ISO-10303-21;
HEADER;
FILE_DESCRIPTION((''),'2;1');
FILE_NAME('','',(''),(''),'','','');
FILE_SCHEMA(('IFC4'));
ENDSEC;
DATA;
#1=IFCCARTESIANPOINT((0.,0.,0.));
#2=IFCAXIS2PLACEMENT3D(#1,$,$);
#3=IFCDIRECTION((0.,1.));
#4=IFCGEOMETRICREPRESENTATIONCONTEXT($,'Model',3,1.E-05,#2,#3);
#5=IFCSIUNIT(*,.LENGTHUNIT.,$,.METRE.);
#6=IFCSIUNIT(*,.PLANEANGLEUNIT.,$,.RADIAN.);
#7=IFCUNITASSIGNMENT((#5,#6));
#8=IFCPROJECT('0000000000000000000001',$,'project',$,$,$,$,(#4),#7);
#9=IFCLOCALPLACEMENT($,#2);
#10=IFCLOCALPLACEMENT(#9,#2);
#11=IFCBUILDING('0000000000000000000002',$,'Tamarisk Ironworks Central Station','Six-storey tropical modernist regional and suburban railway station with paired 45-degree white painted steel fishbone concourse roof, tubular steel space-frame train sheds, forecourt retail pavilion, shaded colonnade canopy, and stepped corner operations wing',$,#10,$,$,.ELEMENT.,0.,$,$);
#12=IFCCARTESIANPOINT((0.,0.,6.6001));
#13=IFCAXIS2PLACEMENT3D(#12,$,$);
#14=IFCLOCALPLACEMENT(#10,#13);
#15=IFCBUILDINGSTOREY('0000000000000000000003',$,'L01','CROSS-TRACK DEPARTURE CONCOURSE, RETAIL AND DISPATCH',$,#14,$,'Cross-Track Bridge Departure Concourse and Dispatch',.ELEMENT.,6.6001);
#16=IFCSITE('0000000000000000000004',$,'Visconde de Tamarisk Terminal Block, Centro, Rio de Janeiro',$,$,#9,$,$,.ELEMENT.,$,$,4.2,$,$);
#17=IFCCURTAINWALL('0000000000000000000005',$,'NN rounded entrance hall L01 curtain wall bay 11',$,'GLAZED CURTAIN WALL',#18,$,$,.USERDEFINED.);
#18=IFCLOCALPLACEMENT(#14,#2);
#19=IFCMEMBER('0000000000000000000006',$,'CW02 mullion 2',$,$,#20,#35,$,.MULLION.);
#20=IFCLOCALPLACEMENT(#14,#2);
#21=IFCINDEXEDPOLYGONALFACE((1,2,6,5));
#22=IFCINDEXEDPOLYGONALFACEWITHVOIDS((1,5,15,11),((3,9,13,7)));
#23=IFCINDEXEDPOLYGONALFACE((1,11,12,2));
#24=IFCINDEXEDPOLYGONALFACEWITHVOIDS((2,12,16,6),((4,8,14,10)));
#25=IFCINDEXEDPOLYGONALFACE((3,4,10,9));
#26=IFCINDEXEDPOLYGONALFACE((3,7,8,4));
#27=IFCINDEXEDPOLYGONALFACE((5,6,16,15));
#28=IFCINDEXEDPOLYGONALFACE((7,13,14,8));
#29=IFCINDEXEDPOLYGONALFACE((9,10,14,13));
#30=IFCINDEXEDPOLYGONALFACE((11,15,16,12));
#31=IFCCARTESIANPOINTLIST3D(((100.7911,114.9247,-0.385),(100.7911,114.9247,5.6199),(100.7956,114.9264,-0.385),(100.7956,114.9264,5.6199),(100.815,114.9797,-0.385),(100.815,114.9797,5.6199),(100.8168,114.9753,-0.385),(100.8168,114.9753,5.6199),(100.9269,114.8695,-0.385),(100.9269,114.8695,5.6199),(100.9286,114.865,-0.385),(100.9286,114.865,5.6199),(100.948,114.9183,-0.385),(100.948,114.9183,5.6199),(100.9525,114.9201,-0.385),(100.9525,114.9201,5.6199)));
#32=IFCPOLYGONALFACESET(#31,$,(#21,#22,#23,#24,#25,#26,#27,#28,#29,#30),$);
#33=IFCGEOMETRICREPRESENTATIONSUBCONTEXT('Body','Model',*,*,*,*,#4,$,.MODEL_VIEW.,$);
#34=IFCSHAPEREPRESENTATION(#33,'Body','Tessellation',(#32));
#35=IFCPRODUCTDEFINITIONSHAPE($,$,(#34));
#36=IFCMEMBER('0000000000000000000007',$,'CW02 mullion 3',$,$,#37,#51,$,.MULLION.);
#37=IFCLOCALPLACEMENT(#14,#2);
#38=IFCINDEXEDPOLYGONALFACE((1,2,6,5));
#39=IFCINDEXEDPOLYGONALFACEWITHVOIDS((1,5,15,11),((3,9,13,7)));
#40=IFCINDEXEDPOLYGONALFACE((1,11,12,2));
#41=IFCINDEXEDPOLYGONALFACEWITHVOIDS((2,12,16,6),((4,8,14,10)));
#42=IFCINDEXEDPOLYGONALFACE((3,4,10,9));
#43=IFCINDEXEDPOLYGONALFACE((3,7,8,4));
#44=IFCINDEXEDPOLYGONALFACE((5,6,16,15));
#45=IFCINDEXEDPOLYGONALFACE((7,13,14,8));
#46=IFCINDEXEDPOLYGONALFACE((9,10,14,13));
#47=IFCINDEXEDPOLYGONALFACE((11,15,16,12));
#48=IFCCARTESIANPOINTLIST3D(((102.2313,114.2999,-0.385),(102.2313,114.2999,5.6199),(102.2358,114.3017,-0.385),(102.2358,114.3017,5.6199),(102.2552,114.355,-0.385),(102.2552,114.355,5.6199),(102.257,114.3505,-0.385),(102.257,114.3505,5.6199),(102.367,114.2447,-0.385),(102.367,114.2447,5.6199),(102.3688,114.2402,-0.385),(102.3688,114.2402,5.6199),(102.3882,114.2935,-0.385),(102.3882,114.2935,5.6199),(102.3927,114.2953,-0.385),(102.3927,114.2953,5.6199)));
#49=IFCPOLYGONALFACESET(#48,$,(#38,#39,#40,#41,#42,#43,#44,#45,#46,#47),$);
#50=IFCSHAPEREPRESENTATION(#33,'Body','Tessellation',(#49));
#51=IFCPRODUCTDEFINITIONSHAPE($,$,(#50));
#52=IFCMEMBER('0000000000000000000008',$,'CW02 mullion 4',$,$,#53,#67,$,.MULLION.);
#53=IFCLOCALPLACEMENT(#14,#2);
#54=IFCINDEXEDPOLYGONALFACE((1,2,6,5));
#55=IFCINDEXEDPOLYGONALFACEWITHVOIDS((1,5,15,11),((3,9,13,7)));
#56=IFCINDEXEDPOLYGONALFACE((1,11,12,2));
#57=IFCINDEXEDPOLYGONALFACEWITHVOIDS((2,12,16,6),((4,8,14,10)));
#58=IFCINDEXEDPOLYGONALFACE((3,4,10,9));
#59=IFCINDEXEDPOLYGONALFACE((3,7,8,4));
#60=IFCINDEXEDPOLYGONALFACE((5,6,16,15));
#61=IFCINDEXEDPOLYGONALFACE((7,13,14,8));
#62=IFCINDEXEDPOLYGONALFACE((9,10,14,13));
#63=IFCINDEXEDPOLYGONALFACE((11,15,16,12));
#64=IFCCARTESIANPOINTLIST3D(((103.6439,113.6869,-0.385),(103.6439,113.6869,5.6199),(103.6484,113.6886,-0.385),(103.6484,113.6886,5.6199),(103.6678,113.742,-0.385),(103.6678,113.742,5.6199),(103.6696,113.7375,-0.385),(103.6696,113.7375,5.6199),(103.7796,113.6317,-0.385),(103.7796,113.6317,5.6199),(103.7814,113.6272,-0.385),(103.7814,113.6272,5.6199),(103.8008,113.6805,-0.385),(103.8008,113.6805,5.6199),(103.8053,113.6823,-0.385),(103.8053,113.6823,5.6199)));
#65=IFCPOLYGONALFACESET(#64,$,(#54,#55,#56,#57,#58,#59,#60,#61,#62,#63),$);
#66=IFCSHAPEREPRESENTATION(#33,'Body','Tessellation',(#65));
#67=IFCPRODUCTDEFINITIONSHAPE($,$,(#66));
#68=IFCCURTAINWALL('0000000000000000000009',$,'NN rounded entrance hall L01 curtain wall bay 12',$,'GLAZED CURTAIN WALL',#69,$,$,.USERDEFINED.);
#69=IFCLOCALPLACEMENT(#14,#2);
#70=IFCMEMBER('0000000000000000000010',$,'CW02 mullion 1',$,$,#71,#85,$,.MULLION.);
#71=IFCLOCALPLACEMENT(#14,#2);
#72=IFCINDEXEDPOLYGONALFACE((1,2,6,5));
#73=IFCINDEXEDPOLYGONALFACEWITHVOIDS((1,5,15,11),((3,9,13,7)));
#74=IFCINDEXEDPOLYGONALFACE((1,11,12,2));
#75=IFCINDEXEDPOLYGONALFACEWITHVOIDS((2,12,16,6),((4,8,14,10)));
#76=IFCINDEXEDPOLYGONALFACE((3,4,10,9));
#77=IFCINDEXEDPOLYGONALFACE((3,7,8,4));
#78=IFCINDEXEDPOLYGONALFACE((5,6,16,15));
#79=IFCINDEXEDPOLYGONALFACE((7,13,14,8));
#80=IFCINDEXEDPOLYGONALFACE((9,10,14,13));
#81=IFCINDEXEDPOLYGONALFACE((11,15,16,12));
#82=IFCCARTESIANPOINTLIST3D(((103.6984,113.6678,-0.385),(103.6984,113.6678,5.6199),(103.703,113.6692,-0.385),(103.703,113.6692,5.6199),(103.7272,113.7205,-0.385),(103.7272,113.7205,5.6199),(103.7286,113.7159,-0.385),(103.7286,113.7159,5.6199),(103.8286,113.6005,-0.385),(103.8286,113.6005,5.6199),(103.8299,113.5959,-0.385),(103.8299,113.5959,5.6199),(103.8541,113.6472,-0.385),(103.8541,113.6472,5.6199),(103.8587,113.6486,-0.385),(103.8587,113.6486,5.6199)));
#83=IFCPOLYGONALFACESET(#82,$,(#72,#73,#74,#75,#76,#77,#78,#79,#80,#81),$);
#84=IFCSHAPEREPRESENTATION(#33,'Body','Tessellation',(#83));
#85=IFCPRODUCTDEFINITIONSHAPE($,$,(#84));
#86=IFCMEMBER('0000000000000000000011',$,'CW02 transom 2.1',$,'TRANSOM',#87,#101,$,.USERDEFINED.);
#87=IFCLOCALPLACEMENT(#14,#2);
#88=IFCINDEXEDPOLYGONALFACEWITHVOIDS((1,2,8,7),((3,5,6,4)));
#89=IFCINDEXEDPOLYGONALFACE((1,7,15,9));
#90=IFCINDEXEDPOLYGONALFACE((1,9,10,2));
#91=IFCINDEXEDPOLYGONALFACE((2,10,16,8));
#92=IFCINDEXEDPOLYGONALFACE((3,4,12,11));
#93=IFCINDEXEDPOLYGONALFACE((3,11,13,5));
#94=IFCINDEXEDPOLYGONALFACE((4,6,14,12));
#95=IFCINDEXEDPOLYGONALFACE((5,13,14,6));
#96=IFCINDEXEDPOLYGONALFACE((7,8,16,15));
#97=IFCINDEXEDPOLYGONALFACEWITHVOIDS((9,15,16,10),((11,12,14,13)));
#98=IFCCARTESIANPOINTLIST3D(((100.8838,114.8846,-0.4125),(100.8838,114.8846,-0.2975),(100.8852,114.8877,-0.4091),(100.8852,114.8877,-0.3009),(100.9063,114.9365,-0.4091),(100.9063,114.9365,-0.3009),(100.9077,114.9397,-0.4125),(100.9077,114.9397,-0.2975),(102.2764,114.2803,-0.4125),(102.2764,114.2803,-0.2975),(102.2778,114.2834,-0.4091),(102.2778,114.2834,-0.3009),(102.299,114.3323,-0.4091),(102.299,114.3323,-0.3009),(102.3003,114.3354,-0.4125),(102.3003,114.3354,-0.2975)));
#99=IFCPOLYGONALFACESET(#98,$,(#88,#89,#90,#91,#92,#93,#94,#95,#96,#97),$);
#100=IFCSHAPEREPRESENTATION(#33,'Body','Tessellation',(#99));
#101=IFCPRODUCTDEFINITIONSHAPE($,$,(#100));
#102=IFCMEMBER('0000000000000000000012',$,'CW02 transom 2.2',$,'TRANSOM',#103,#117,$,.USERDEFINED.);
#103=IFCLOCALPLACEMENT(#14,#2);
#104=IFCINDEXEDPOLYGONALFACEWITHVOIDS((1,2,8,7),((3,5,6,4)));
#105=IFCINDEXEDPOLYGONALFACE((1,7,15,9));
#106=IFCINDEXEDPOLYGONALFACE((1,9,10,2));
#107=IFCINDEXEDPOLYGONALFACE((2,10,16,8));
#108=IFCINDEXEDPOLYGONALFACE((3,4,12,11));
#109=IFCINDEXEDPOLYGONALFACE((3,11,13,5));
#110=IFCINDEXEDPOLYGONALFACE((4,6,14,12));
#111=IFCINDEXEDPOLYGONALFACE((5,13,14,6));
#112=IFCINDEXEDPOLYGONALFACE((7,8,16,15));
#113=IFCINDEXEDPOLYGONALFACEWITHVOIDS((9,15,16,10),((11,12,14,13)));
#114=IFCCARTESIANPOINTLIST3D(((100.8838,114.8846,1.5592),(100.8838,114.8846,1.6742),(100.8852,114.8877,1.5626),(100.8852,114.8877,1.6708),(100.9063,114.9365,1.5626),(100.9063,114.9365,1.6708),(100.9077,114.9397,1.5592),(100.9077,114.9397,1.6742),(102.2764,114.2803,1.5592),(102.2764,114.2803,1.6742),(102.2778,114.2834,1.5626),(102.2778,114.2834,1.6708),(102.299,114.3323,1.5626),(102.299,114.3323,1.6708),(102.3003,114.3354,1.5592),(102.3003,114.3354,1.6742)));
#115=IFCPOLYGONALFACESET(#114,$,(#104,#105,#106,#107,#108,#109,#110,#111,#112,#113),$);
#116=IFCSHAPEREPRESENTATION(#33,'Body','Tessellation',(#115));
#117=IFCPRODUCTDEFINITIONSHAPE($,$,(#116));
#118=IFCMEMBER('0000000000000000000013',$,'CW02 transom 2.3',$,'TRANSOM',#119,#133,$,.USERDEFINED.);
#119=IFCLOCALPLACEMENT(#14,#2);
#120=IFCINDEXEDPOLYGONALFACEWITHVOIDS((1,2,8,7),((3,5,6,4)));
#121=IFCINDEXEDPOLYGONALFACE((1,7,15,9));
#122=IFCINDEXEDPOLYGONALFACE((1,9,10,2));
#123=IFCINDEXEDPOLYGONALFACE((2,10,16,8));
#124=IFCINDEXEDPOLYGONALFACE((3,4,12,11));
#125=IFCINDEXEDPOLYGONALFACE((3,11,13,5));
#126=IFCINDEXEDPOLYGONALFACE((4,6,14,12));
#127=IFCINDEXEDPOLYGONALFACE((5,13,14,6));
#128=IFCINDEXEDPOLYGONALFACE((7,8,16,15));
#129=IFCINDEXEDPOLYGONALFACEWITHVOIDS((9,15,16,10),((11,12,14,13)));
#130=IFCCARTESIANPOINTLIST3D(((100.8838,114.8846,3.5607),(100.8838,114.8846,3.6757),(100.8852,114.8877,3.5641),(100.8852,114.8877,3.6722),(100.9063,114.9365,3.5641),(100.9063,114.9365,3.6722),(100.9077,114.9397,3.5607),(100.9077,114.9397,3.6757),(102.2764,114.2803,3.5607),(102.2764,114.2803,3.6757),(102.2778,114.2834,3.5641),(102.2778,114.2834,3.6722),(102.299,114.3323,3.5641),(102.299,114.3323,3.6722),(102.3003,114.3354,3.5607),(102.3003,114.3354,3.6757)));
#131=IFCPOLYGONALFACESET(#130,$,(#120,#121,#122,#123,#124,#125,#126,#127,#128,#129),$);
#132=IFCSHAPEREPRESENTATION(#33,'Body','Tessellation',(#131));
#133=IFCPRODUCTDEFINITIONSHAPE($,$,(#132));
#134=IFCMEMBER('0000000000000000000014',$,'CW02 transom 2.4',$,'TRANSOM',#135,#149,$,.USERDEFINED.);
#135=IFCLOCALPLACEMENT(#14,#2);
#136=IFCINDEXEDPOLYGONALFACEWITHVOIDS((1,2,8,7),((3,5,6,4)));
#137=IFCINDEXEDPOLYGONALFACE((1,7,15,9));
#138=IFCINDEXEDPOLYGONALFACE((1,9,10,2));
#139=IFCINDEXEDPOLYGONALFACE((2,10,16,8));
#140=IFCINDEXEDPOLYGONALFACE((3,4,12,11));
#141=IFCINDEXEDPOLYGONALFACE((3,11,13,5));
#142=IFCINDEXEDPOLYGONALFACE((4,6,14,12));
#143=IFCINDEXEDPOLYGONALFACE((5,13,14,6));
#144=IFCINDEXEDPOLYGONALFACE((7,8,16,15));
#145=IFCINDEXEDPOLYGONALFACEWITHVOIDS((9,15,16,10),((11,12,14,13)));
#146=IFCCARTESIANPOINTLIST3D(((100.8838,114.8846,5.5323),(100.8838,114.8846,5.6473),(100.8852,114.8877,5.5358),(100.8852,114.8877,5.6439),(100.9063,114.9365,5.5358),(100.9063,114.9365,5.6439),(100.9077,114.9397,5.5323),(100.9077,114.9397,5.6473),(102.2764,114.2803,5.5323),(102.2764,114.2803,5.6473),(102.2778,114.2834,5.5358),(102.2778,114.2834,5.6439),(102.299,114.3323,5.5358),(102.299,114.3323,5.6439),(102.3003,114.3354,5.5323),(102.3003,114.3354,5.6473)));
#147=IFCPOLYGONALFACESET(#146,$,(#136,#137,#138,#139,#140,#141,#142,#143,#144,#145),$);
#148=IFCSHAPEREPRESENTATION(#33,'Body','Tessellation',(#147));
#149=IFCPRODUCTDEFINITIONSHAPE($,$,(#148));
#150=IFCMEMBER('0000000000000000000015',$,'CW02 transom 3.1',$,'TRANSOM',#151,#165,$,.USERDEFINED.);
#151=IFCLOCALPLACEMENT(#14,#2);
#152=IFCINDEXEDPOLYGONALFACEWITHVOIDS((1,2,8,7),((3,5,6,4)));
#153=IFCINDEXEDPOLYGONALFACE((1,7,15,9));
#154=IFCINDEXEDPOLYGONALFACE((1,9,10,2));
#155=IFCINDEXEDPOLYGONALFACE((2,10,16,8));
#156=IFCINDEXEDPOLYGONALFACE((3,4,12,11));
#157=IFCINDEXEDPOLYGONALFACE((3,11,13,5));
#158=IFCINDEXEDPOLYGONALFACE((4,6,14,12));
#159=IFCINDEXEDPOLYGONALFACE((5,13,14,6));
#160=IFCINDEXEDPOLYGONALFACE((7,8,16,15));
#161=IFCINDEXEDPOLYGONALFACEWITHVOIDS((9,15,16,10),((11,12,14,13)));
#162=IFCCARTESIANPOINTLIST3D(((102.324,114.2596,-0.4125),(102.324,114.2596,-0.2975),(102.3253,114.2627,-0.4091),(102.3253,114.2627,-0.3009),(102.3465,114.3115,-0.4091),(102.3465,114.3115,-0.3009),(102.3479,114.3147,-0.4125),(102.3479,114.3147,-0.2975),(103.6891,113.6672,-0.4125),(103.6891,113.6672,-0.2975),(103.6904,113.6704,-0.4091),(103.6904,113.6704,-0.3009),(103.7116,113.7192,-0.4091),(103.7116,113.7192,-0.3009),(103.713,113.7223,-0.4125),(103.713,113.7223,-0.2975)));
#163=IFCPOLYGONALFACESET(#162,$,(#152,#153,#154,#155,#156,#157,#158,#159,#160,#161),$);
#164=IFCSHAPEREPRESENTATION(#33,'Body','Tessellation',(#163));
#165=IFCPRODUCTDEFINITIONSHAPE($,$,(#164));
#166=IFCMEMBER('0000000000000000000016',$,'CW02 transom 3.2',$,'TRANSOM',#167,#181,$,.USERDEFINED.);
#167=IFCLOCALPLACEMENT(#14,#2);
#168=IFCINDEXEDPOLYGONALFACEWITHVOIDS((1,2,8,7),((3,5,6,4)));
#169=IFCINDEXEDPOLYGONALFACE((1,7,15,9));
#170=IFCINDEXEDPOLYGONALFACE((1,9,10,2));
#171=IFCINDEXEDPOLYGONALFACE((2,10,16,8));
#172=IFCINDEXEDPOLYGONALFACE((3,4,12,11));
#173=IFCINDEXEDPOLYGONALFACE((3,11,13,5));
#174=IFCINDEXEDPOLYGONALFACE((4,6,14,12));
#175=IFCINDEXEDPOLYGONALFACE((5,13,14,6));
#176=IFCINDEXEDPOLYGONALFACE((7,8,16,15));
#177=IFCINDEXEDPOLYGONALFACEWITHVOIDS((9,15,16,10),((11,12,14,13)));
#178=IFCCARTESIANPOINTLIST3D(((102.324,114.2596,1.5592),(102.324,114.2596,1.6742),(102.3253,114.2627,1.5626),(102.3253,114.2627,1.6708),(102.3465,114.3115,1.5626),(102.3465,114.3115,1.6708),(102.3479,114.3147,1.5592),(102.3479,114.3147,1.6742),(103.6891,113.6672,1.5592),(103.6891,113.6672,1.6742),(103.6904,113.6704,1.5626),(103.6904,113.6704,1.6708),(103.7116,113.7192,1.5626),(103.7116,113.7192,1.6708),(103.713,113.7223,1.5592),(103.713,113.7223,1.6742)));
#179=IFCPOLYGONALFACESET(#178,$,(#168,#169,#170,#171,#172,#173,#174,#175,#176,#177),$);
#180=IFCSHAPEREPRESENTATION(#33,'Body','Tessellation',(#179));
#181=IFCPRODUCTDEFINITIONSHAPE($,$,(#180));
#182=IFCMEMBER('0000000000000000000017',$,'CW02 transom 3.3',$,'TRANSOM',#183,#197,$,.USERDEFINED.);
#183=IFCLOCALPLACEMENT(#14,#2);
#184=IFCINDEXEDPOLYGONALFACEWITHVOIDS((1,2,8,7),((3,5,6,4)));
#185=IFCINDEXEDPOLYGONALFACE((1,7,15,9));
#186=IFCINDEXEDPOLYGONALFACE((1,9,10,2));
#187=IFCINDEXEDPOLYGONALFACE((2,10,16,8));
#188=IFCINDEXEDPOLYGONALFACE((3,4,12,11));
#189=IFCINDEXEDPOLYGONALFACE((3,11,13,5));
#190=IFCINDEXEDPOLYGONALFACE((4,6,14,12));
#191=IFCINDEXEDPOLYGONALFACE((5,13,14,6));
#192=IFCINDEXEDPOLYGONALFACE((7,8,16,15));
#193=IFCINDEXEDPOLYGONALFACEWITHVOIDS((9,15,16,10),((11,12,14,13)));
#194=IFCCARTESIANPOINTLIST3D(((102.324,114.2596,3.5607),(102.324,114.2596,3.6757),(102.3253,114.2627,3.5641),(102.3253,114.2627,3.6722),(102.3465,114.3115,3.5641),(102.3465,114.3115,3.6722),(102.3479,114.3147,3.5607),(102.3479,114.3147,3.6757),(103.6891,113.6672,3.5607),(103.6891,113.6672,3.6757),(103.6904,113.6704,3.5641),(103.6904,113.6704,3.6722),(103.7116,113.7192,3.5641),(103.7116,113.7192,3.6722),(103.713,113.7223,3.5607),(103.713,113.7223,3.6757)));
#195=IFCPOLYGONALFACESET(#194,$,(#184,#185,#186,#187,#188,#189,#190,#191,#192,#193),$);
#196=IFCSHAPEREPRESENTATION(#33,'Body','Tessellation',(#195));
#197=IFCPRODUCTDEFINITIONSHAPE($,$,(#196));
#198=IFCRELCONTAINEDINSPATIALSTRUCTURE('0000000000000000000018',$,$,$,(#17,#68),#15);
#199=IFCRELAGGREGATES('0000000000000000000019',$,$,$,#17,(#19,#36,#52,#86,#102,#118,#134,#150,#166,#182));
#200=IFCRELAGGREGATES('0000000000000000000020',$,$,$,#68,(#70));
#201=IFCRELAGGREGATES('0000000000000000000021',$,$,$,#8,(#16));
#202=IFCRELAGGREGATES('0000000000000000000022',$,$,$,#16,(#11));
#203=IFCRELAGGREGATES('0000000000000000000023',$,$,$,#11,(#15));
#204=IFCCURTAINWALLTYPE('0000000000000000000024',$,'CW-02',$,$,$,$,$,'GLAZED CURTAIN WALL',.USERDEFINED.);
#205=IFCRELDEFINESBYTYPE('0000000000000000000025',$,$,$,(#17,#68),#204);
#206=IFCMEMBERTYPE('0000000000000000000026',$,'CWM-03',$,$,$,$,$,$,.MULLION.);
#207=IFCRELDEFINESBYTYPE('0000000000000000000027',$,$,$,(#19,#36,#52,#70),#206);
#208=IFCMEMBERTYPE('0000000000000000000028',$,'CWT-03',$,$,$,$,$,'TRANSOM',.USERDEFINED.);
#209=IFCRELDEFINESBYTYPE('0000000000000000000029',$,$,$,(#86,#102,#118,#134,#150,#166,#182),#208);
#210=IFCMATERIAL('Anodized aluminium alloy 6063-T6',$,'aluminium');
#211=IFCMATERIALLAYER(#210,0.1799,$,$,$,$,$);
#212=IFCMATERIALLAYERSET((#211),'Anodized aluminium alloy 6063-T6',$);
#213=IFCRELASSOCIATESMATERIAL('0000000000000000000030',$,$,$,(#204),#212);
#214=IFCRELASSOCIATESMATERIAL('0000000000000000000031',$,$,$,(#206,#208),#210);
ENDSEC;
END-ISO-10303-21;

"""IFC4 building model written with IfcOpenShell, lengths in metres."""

from ifc_helpers import new_model, si_unit, direction, frame, origin, origin_2d, place, context, subcontext, project, spatial, hollow_rectangle, extrude, material, layer, layer_set, material_profile, profile_set, type_object, element, aggregate, save


model = new_model("IFC4")

# Units and contexts
model_context = context("Model", 3, precision=1e-05, world=origin(), true_north=direction((0.0, 1.0)))
body_context = subcontext(model_context, "Body", "Model", "MODEL_VIEW")
ifc_project = project(units=[si_unit("LENGTHUNIT", "METRE"), si_unit("PLANEANGLEUNIT", "RADIAN")], contexts=[model_context])

# Site, building, storey
site_placement = place(None, origin())
site = spatial("IfcSite", under=ifc_project, at=site_placement, Name="Visconde de Tamarisk Terminal Block, Centro, Rio de Janeiro", CompositionType="ELEMENT", RefElevation=4.2)
building_placement = place(site_placement, origin())
building = spatial("IfcBuilding", under=site, at=building_placement, Name="Tamarisk Ironworks Central Station", Description="Six-storey tropical modernist regional and suburban railway station with paired 45-degree white painted steel fishbone concourse roof, tubular steel space-frame train sheds, forecourt retail pavilion, shaded colonnade canopy, and stepped corner operations wing", CompositionType="ELEMENT", ElevationOfRefHeight=0.0)
storey_placement = place(building_placement, frame((0.0, 0.0, 6.6001)))
storey = spatial("IfcBuildingStorey", under=building, at=storey_placement, Name="L01", Description="CROSS-TRACK DEPARTURE CONCOURSE, RETAIL AND DISPATCH", LongName="Cross-Track Bridge Departure Concourse and Dispatch", CompositionType="ELEMENT", Elevation=6.6001)

# Curtain wall, members
ifc_material_1 = material(Name="Anodized aluminium alloy 6063-T6", Category="aluminium")
ifc_layer_1 = layer(ifc_material_1, 0.1799)
ifc_layer_set_1 = layer_set([ifc_layer_1], Name="Anodized aluminium alloy 6063-T6")
curtain_wall_type = type_object("IfcCurtainWallType", Name="CW-02", ElementType="GLAZED CURTAIN WALL", PredefinedType="USERDEFINED", material=ifc_layer_set_1)
curtain_wall_1_placement = place(storey_placement, origin())
curtain_wall_1 = element("IfcCurtainWall", 1, at=curtain_wall_1_placement, inside=storey, type_object=curtain_wall_type, Name="NN rounded entrance hall L01 curtain wall bay 11", ObjectType="GLAZED CURTAIN WALL", PredefinedType="USERDEFINED")
ifc_material_profile_1 = material_profile(ifc_material_1, hollow_rectangle(XDim=0.0601, YDim=0.1499, WallThickness=0.0034, at=origin_2d()), Name="ALUM 150x60")
ifc_profile_set_1 = profile_set([ifc_material_profile_1], Name="Anodized aluminium alloy 6063-T6")
member_type_1 = type_object("IfcMemberType", Name="CWM-03", PredefinedType="MULLION", material=ifc_profile_set_1)
member_1_placement = place(storey_placement, frame((100.8718, 114.9224, -0.385), z_axis=(0.0, 0.0, 1.0), x_axis=(0.398077, 0.917352, 0.0)))
member_1 = element("IfcMember", 2, at=member_1_placement, type_object=member_type_1, Name="CW02 mullion 2", PredefinedType="MULLION", context=body_context, shape_type="SweptSolid", body=[
    extrude(hollow_rectangle(XDim=0.0601, YDim=0.1499, WallThickness=0.0034, at=origin_2d()), origin(), (0.0, 0.0, 1.0), 6.0049),
])
member_2_placement = place(storey_placement, frame((102.312, 114.2976, -0.385), z_axis=(0.0, 0.0, 1.0), x_axis=(0.398077, 0.917352, 0.0)))
member_2 = element("IfcMember", 3, at=member_2_placement, type_object=member_type_1, Name="CW02 mullion 3", PredefinedType="MULLION", context=body_context, shape_type="SweptSolid", body=[
    extrude(hollow_rectangle(XDim=0.0601, YDim=0.1499, WallThickness=0.0034, at=origin_2d()), origin(), (0.0, 0.0, 1.0), 6.0049),
])
member_3_placement = place(storey_placement, frame((103.7246, 113.6846, -0.385), z_axis=(0.0, 0.0, 1.0), x_axis=(0.398077, 0.917352, 0.0)))
member_3 = element("IfcMember", 4, at=member_3_placement, type_object=member_type_1, Name="CW02 mullion 4", PredefinedType="MULLION", context=body_context, shape_type="SweptSolid", body=[
    extrude(hollow_rectangle(XDim=0.0601, YDim=0.1499, WallThickness=0.0034, at=origin_2d()), origin(), (0.0, 0.0, 1.0), 6.0049),
])

# Curtain wall, member
curtain_wall_2_placement = place(storey_placement, origin())
curtain_wall_2 = element("IfcCurtainWall", 5, at=curtain_wall_2_placement, inside=storey, type_object=curtain_wall_type, Name="NN rounded entrance hall L01 curtain wall bay 12", ObjectType="GLAZED CURTAIN WALL", PredefinedType="USERDEFINED")
member_4_placement = place(storey_placement, frame((103.7786, 113.6582, -0.385), z_axis=(0.0, 0.0, 1.0), x_axis=(0.479805, 0.877375, 0.0)))
member_4 = element("IfcMember", 6, at=member_4_placement, type_object=member_type_1, Name="CW02 mullion 1", PredefinedType="MULLION", context=body_context, shape_type="SweptSolid", body=[
    extrude(hollow_rectangle(XDim=0.0601, YDim=0.1499, WallThickness=0.0034, at=origin_2d()), origin(), (0.0, 0.0, 1.0), 6.0049),
])

# Members
ifc_material_profile_2 = material_profile(ifc_material_1, hollow_rectangle(XDim=0.0601, YDim=0.115, WallThickness=0.0034, at=origin_2d()), Name="ALUM 115x60")
ifc_profile_set_2 = profile_set([ifc_material_profile_2], Name="Anodized aluminium alloy 6063-T6")
member_type_2 = type_object("IfcMemberType", Name="CWT-03", ElementType="TRANSOM", PredefinedType="USERDEFINED", material=ifc_profile_set_2)
member_5_placement = place(storey_placement, frame((100.8958, 114.9121, -0.355), z_axis=(0.917364, -0.39805, 0.0), x_axis=(0.39805, 0.917364, 0.0)))
member_5 = element("IfcMember", 7, at=member_5_placement, type_object=member_type_2, Name="CW02 transom 2.1", ObjectType="TRANSOM", PredefinedType="USERDEFINED", context=body_context, shape_type="SweptSolid", body=[
    extrude(hollow_rectangle(XDim=0.0601, YDim=0.115, WallThickness=0.0034, at=origin_2d()), origin(), (0.0, 0.0, 1.0), 1.5181),
])
member_6_placement = place(storey_placement, frame((100.8958, 114.9121, 1.6167), z_axis=(0.917364, -0.39805, 0.0), x_axis=(0.39805, 0.917364, 0.0)))
member_6 = element("IfcMember", 8, at=member_6_placement, type_object=member_type_2, Name="CW02 transom 2.2", ObjectType="TRANSOM", PredefinedType="USERDEFINED", context=body_context, shape_type="SweptSolid", body=[
    extrude(hollow_rectangle(XDim=0.0601, YDim=0.115, WallThickness=0.0034, at=origin_2d()), origin(), (0.0, 0.0, 1.0), 1.5181),
])
member_7_placement = place(storey_placement, frame((100.8958, 114.9121, 3.6182), z_axis=(0.917364, -0.39805, 0.0), x_axis=(0.39805, 0.917364, 0.0)))
member_7 = element("IfcMember", 9, at=member_7_placement, type_object=member_type_2, Name="CW02 transom 2.3", ObjectType="TRANSOM", PredefinedType="USERDEFINED", context=body_context, shape_type="SweptSolid", body=[
    extrude(hollow_rectangle(XDim=0.0601, YDim=0.115, WallThickness=0.0034, at=origin_2d()), origin(), (0.0, 0.0, 1.0), 1.5181),
])
member_8_placement = place(storey_placement, frame((100.8958, 114.9121, 5.5898), z_axis=(0.917364, -0.39805, 0.0), x_axis=(0.39805, 0.917364, 0.0)))
member_8 = element("IfcMember", 10, at=member_8_placement, type_object=member_type_2, Name="CW02 transom 2.4", ObjectType="TRANSOM", PredefinedType="USERDEFINED", context=body_context, shape_type="SweptSolid", body=[
    extrude(hollow_rectangle(XDim=0.0601, YDim=0.115, WallThickness=0.0034, at=origin_2d()), origin(), (0.0, 0.0, 1.0), 1.5181),
])
member_9_placement = place(storey_placement, frame((102.3359, 114.2871, -0.355), z_axis=(0.917362, -0.398054, 0.0), x_axis=(0.398054, 0.917362, 0.0)))
member_9 = element("IfcMember", 11, at=member_9_placement, type_object=member_type_2, Name="CW02 transom 3.1", ObjectType="TRANSOM", PredefinedType="USERDEFINED", context=body_context, shape_type="SweptSolid", body=[
    extrude(hollow_rectangle(XDim=0.0601, YDim=0.115, WallThickness=0.0034, at=origin_2d()), origin(), (0.0, 0.0, 1.0), 1.488),
])
member_10_placement = place(storey_placement, frame((102.3359, 114.2871, 1.6167), z_axis=(0.917362, -0.398054, 0.0), x_axis=(0.398054, 0.917362, 0.0)))
member_10 = element("IfcMember", 12, at=member_10_placement, type_object=member_type_2, Name="CW02 transom 3.2", ObjectType="TRANSOM", PredefinedType="USERDEFINED", context=body_context, shape_type="SweptSolid", body=[
    extrude(hollow_rectangle(XDim=0.0601, YDim=0.115, WallThickness=0.0034, at=origin_2d()), origin(), (0.0, 0.0, 1.0), 1.488),
])
member_11_placement = place(storey_placement, frame((102.3359, 114.2871, 3.6182), z_axis=(0.917362, -0.398054, 0.0), x_axis=(0.398054, 0.917362, 0.0)))
member_11 = element("IfcMember", 13, at=member_11_placement, type_object=member_type_2, Name="CW02 transom 3.3", ObjectType="TRANSOM", PredefinedType="USERDEFINED", context=body_context, shape_type="SweptSolid", body=[
    extrude(hollow_rectangle(XDim=0.0601, YDim=0.115, WallThickness=0.0034, at=origin_2d()), origin(), (0.0, 0.0, 1.0), 1.488),
])

aggregate(curtain_wall_1, [member_1, member_2, member_3, member_5, member_6, member_7, member_8, member_9, member_10, member_11])
aggregate(curtain_wall_2, [member_4])

save(model, "model.ifc")
